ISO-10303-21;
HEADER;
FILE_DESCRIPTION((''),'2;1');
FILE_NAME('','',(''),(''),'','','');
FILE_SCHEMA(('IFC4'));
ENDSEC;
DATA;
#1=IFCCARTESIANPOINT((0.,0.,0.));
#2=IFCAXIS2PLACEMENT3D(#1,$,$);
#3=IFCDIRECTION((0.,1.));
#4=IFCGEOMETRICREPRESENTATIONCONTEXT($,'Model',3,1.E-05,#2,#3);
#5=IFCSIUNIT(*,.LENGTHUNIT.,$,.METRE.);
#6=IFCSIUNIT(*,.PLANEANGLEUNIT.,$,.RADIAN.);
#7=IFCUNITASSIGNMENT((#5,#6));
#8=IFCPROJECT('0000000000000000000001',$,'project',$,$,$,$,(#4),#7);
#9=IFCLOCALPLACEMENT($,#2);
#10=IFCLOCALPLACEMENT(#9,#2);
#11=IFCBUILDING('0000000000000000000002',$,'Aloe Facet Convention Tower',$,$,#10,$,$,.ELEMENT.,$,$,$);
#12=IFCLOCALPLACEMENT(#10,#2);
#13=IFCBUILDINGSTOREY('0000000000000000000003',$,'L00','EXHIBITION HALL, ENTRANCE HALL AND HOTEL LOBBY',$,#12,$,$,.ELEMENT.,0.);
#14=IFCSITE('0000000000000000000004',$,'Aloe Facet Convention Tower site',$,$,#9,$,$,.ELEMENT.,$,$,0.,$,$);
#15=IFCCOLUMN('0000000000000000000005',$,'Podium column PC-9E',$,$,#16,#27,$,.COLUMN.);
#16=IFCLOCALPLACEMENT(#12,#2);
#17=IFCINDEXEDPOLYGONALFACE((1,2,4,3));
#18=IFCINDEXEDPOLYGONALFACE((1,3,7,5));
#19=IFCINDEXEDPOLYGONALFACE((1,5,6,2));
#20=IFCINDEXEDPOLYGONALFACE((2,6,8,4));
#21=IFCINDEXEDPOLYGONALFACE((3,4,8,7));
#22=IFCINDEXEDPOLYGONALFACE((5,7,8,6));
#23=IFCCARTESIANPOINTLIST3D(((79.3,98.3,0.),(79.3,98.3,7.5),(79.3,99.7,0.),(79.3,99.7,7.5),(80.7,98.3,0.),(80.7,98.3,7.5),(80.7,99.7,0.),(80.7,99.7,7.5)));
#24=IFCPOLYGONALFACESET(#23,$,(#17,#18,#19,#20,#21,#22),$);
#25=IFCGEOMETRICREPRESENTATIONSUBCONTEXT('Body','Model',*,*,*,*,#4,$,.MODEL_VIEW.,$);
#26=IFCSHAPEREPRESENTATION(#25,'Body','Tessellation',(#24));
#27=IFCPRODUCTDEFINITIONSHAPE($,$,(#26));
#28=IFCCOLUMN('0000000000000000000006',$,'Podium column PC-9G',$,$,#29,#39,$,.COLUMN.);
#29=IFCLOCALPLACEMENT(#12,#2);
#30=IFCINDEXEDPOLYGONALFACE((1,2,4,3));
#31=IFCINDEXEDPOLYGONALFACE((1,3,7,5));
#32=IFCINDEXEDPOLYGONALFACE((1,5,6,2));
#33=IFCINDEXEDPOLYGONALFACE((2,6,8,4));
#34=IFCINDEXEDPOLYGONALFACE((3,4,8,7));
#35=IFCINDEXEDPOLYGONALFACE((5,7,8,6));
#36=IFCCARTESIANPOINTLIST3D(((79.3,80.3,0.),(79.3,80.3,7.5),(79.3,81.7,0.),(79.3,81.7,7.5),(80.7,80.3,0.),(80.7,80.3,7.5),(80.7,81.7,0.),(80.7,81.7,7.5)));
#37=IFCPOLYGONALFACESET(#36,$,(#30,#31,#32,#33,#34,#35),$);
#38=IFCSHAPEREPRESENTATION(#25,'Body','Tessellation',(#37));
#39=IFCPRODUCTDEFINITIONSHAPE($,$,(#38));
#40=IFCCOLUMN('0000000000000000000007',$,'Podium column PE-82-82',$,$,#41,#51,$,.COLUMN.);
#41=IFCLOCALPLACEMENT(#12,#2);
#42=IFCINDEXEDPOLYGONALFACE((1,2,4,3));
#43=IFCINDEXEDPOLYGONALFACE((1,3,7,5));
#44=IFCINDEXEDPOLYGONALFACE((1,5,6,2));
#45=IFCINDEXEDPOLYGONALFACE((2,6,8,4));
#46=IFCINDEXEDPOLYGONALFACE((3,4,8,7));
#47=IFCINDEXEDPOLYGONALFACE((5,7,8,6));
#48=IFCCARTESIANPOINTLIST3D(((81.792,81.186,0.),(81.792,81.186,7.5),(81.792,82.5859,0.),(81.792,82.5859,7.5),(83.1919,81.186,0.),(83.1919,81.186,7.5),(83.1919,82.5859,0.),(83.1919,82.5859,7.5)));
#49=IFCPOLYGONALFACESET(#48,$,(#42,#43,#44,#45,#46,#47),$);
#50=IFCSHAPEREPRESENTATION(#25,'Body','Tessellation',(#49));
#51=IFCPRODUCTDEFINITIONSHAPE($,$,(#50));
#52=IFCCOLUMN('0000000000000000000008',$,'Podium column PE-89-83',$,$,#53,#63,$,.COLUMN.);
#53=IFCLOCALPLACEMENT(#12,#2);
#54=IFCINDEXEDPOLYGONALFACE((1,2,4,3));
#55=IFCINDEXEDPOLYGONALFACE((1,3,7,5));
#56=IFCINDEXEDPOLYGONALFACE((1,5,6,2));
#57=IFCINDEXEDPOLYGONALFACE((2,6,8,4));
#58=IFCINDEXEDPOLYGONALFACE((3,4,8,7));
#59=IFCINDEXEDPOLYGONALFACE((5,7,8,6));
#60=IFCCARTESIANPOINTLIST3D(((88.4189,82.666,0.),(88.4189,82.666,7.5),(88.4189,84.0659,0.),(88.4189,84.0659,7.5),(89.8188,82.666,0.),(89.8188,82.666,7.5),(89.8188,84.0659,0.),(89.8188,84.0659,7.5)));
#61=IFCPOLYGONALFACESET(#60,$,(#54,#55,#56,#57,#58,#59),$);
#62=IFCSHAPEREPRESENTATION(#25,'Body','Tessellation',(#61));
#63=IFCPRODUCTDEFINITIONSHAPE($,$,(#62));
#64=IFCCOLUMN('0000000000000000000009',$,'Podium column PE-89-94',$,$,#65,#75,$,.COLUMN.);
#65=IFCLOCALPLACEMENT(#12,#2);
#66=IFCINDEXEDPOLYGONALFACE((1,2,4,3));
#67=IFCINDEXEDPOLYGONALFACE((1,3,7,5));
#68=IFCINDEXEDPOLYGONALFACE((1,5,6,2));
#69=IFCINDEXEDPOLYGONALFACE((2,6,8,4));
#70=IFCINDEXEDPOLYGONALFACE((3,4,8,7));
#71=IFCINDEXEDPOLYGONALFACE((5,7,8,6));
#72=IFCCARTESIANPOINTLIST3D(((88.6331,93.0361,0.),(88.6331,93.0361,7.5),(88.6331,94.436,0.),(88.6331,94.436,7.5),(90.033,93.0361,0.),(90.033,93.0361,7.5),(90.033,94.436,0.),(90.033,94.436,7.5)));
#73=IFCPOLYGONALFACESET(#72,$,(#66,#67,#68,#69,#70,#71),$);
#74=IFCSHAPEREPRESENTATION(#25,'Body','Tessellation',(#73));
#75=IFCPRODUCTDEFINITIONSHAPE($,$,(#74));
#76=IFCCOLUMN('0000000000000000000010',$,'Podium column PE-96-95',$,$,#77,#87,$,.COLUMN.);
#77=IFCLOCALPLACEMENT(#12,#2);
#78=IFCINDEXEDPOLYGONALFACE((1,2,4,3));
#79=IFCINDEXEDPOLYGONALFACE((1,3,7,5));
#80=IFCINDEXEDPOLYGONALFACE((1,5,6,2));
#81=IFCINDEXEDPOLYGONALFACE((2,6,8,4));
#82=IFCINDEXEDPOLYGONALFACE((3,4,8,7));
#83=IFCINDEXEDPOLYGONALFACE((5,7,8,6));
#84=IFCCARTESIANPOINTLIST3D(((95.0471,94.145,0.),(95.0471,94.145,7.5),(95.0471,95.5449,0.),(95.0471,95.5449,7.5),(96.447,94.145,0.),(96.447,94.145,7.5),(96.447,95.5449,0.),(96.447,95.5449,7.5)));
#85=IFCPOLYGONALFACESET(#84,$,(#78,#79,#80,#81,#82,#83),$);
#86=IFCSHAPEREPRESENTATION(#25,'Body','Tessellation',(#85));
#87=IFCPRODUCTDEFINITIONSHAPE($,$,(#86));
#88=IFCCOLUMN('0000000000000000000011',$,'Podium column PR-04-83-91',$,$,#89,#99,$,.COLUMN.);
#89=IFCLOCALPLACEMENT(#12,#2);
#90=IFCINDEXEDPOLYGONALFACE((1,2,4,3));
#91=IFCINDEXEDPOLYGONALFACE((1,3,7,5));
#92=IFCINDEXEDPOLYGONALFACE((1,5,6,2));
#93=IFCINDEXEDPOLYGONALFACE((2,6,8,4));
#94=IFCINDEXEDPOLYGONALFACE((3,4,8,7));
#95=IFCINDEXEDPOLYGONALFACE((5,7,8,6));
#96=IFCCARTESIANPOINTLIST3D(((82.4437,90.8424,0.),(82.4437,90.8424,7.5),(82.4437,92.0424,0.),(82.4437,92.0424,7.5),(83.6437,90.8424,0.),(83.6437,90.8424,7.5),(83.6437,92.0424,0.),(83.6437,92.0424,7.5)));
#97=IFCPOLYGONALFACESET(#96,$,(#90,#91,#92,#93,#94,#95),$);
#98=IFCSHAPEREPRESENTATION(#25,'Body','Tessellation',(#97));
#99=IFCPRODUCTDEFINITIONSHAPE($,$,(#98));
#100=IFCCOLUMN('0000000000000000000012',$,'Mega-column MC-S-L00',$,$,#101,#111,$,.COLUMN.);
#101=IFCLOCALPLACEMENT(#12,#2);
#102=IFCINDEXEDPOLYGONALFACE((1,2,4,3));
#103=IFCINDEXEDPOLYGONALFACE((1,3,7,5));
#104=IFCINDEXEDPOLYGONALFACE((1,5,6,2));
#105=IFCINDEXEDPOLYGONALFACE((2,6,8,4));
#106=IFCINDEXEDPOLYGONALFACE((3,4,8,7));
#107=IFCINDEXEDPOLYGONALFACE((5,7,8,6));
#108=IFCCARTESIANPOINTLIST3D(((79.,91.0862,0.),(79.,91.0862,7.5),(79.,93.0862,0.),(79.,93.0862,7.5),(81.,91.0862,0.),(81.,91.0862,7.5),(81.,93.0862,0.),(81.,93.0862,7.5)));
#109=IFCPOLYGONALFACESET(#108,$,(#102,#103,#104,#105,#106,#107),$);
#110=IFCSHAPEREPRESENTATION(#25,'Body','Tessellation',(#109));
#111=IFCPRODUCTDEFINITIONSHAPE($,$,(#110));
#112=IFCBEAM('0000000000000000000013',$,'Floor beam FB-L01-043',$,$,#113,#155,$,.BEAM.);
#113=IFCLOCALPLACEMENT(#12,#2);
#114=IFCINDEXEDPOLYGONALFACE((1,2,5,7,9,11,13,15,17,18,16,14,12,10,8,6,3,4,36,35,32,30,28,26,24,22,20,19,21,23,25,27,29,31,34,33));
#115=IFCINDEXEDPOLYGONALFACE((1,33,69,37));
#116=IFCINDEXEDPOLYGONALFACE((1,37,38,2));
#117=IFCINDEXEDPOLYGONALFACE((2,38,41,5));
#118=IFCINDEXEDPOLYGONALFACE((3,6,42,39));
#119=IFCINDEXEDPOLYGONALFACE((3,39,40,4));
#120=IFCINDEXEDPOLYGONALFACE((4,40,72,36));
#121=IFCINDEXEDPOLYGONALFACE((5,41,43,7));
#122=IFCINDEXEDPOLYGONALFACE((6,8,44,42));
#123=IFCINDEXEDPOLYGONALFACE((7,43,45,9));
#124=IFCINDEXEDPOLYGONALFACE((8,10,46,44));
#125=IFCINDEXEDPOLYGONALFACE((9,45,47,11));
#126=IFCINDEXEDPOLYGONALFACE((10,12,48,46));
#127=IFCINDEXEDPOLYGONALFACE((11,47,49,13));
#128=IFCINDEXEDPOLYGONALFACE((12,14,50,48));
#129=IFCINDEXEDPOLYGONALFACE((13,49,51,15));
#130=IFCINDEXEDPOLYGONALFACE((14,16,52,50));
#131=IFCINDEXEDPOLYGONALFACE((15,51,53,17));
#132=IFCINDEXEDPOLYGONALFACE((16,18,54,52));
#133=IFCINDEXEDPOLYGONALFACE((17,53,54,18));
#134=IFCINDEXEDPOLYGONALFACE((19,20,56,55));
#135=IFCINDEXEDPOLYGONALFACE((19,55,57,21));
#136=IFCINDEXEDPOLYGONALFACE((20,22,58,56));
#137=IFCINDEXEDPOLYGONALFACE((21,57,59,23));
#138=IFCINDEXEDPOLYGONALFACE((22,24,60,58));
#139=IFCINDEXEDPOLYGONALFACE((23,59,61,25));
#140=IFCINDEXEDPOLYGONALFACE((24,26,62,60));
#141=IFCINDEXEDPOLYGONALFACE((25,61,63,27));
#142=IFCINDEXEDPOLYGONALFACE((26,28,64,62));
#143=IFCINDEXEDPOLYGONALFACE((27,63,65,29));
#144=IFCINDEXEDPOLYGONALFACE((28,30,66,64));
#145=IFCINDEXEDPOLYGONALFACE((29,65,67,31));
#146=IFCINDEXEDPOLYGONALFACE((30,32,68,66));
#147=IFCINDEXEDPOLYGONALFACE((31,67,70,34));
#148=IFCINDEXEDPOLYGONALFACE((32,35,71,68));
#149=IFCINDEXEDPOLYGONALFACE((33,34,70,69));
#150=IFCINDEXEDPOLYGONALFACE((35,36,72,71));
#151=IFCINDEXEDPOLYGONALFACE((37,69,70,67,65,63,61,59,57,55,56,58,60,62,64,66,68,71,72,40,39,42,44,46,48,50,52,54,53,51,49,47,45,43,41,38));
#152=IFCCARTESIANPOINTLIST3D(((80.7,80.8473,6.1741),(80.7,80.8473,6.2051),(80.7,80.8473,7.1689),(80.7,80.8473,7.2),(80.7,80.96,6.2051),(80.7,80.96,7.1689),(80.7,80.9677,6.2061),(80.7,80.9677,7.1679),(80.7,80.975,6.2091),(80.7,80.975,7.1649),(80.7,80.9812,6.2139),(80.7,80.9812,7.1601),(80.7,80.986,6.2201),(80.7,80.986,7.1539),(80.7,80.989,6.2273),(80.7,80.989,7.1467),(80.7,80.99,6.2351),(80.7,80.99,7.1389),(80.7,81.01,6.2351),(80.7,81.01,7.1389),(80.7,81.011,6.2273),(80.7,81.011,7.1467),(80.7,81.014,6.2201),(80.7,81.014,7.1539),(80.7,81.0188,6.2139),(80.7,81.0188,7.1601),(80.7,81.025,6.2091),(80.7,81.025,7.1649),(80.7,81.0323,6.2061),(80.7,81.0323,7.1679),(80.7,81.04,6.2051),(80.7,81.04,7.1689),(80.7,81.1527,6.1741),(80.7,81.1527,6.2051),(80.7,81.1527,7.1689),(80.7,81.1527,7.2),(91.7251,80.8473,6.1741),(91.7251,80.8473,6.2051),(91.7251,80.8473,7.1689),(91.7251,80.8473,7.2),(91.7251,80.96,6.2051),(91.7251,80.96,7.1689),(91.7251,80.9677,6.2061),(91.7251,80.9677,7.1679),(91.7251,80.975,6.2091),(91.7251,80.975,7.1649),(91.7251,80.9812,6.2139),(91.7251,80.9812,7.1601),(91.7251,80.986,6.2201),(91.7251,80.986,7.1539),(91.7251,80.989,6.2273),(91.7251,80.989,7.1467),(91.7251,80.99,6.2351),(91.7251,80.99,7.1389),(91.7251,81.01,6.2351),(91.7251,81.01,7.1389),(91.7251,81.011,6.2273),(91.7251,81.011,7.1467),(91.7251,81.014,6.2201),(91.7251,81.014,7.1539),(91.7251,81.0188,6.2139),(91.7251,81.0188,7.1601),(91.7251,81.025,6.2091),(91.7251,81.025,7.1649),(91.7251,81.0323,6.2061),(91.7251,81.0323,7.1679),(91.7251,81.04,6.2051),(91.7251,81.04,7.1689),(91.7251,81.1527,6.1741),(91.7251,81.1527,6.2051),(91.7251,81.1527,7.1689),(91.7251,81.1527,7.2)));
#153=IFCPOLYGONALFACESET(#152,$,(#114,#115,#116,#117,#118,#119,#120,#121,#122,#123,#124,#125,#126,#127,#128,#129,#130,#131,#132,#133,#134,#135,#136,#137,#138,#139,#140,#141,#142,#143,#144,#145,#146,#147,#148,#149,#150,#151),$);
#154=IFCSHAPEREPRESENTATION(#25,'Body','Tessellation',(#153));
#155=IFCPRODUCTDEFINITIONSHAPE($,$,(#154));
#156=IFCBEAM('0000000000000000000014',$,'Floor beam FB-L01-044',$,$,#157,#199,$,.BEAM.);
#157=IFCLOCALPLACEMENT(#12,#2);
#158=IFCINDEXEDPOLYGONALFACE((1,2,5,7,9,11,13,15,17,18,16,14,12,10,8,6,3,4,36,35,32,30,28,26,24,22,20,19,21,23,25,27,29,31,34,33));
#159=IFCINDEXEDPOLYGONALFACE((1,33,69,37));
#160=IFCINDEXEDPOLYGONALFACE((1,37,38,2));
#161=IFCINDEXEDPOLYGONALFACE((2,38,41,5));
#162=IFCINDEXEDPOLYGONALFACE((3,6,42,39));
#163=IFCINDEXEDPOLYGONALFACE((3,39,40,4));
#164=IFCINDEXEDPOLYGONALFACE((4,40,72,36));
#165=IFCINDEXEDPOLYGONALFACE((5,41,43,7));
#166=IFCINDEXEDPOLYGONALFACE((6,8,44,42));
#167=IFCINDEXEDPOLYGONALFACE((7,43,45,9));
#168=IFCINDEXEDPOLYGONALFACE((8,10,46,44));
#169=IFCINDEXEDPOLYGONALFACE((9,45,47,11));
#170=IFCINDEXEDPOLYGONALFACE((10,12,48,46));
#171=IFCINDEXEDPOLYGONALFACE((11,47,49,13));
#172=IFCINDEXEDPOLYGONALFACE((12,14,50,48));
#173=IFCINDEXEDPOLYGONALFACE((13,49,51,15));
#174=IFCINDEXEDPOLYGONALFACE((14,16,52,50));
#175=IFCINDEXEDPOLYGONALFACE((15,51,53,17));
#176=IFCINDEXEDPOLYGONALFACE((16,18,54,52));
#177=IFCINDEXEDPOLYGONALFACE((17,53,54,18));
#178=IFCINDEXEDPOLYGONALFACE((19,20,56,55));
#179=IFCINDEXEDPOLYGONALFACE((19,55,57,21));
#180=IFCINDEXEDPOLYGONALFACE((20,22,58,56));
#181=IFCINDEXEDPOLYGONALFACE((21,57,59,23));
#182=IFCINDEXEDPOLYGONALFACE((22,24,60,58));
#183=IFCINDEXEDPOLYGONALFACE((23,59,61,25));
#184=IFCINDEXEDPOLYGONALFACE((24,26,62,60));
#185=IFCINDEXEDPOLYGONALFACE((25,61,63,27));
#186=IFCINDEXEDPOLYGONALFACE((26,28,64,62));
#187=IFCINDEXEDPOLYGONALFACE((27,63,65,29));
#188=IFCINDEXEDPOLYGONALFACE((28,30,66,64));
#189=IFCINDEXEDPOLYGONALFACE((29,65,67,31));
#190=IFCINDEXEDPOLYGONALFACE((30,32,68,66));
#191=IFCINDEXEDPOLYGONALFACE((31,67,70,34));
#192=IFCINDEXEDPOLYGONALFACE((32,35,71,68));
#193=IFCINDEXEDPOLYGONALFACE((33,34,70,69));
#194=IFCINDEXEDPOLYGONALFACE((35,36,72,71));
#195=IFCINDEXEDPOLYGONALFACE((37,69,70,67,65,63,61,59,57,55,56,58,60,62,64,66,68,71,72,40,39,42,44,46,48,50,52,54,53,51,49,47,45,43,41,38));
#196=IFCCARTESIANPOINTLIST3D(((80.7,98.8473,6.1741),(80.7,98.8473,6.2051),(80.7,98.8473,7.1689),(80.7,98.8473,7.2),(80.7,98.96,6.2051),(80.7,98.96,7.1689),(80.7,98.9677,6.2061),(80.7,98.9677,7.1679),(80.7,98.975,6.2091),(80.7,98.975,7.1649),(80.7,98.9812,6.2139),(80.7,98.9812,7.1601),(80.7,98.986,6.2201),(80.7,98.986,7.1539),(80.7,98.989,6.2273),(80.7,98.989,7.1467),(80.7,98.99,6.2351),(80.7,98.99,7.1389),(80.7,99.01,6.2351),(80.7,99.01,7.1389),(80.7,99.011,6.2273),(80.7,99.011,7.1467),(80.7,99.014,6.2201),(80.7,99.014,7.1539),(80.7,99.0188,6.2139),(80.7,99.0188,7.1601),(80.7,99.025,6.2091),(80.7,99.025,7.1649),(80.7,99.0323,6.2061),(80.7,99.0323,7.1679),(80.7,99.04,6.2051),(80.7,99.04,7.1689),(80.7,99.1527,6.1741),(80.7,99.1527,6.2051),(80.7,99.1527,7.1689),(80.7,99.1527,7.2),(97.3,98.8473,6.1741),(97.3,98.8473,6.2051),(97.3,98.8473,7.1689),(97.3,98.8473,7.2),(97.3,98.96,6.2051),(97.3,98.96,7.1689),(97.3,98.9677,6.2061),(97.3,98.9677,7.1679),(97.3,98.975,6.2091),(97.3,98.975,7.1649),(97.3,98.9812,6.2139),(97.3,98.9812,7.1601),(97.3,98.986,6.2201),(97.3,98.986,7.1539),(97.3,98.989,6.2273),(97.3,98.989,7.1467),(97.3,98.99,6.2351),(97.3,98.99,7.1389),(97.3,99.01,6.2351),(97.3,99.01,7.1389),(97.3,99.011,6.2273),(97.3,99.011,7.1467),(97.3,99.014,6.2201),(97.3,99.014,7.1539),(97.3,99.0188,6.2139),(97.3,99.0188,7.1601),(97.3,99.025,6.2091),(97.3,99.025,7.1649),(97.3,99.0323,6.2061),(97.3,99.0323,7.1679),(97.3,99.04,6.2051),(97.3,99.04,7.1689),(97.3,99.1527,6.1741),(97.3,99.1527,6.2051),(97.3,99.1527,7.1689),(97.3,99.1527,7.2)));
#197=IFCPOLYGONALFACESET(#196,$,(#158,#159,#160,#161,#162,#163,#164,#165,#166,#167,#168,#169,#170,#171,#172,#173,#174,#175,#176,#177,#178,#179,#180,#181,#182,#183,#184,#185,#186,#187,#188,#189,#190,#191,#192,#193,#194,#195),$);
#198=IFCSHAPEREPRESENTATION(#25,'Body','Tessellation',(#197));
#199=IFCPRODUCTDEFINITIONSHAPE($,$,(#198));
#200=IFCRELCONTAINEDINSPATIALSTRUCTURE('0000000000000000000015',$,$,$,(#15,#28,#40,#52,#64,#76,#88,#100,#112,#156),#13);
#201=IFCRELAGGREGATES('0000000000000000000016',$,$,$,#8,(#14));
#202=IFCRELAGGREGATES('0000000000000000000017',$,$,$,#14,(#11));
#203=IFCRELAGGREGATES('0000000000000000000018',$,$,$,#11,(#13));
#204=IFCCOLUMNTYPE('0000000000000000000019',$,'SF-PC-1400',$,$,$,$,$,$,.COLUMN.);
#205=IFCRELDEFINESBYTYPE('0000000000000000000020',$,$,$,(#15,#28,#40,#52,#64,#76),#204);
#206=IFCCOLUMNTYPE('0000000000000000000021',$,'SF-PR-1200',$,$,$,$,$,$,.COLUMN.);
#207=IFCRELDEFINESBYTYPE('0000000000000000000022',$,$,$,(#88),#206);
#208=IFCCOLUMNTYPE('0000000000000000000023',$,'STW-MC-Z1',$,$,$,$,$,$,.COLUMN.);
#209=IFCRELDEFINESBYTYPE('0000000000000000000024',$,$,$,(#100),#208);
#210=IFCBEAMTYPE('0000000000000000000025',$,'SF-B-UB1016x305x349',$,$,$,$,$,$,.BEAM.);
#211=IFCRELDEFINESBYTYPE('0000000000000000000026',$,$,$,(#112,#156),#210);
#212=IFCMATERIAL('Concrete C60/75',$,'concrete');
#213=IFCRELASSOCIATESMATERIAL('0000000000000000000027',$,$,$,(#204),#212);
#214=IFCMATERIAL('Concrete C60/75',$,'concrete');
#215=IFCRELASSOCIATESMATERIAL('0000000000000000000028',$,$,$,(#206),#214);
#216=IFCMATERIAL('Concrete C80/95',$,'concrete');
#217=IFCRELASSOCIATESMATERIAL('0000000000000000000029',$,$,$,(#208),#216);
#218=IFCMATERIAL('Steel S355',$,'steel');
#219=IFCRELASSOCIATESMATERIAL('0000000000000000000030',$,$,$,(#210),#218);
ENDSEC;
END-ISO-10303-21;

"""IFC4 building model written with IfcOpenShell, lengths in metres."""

from ifc_helpers import new_model, si_unit, direction, frame, origin, origin_2d, place, context, subcontext, project, spatial, rectangle, i_section, extrude, material, material_profile, profile_set, type_object, element, save


model = new_model("IFC4")

# Units and contexts
model_context = context("Model", 3, precision=1e-05, world=origin(), true_north=direction((0.0, 1.0)))
body_context = subcontext(model_context, "Body", "Model", "MODEL_VIEW")
ifc_project = project(units=[si_unit("LENGTHUNIT", "METRE"), si_unit("PLANEANGLEUNIT", "RADIAN")], contexts=[model_context])

# Site, building, storey
site_placement = place(None, origin())
site = spatial("IfcSite", under=ifc_project, at=site_placement, Name="Aloe Facet Convention Tower site", CompositionType="ELEMENT", RefElevation=0.0)
building_placement = place(site_placement, origin())
building = spatial("IfcBuilding", under=site, at=building_placement, Name="Aloe Facet Convention Tower", CompositionType="ELEMENT")
storey_placement = place(building_placement, origin())
storey = spatial("IfcBuildingStorey", under=building, at=storey_placement, Name="L00", Description="EXHIBITION HALL, ENTRANCE HALL AND HOTEL LOBBY", CompositionType="ELEMENT", Elevation=0.0)

# Columns
ifc_material_1 = material(Name="Concrete C60/75", Category="concrete")
ifc_material_profile_1 = material_profile(ifc_material_1, rectangle(XDim=1.3999, YDim=1.3999, at=origin_2d()), Name="SF-PC-1400")
ifc_profile_set_1 = profile_set([ifc_material_profile_1], Name="Concrete C60/75")
column_type_1 = type_object("IfcColumnType", Name="SF-PC-1400", PredefinedType="COLUMN", material=ifc_profile_set_1)
for number, where, z_axis, x_axis, name in (
    (1, (80.0, 99.0, 0.0), (0.0, 0.0, 1.0), (1.0, 0.0, 0.0), "Podium column PC-9E"),
    (2, (80.0, 81.0, 0.0), (0.0, 0.0, 1.0), (1.0, 0.0, 0.0), "Podium column PC-9G"),
    (3, (82.4919, 81.886, 0.0), (0.0, 0.0, 1.0), (1.0, 0.0, 0.0), "Podium column PE-82-82"),
    (4, (89.1189, 83.366, 0.0), (0.0, 0.0, 1.0), (1.0, 0.0, 0.0), "Podium column PE-89-83"),
    (5, (89.333, 93.7361, 0.0), (0.0, 0.0, 1.0), (1.0, 0.0, 0.0), "Podium column PE-89-94"),
    (6, (95.7471, 94.845, 0.0), (0.0, 0.0, 1.0), (1.0, 0.0, 0.0), "Podium column PE-96-95"),
):
    element("IfcColumn", number, at=place(storey_placement, frame(where, z_axis=z_axis, x_axis=x_axis)), inside=storey, type_object=column_type_1, Name=name, PredefinedType="COLUMN", context=body_context, shape_type="SweptSolid", body=[
        extrude(rectangle(XDim=1.3999, YDim=1.3999, at=origin_2d()), origin(), (0.0, 0.0, 1.0), 7.5),
    ])
ifc_material_2 = material(Name="Concrete C60/75", Category="concrete")
ifc_material_profile_2 = material_profile(ifc_material_2, rectangle(XDim=1.2, YDim=1.2, at=origin_2d()), Name="SF-PR-1200")
ifc_profile_set_2 = profile_set([ifc_material_profile_2], Name="Concrete C60/75")
column_type_2 = type_object("IfcColumnType", Name="SF-PR-1200", PredefinedType="COLUMN", material=ifc_profile_set_2)
column_1_placement = place(storey_placement, frame((83.0437, 91.4424, 0.0), z_axis=(0.0, 0.0, 1.0), x_axis=(1.0, 0.0, 0.0)))
element("IfcColumn", 7, at=column_1_placement, inside=storey, type_object=column_type_2, Name="Podium column PR-04-83-91", PredefinedType="COLUMN", context=body_context, shape_type="SweptSolid", body=[
    extrude(rectangle(XDim=1.2, YDim=1.2, at=origin_2d()), origin(), (0.0, 0.0, 1.0), 7.5),
])
ifc_material_3 = material(Name="Concrete C80/95", Category="concrete")
ifc_material_profile_3 = material_profile(ifc_material_3, rectangle(XDim=2.0, YDim=2.0, at=origin_2d()), Name="STW-MC-Z1")
ifc_profile_set_3 = profile_set([ifc_material_profile_3], Name="Concrete C80/95")
column_type_3 = type_object("IfcColumnType", Name="STW-MC-Z1", PredefinedType="COLUMN", material=ifc_profile_set_3)
column_2_placement = place(storey_placement, frame((80.0, 92.0862, 0.0), z_axis=(0.0, 0.0, 1.0), x_axis=(1.0, 0.0, 0.0)))
element("IfcColumn", 8, at=column_2_placement, inside=storey, type_object=column_type_3, Name="Mega-column MC-S-L00", PredefinedType="COLUMN", context=body_context, shape_type="SweptSolid", body=[
    extrude(rectangle(XDim=2.0, YDim=2.0, at=origin_2d()), origin(), (0.0, 0.0, 1.0), 7.5),
])

# Beams
ifc_material_4 = material(Name="Steel S355", Category="steel")
ifc_material_profile_4 = material_profile(ifc_material_4, i_section(OverallWidth=0.3054, OverallDepth=1.0259, WebThickness=0.02, FlangeThickness=0.031, FilletRadius=0.03, at=origin_2d()), Name="UB 1016x305x349")
ifc_profile_set_4 = profile_set([ifc_material_profile_4], Name="Steel S355")
beam_type_1 = type_object("IfcBeamType", Name="SF-B-UB1016x305x349", PredefinedType="BEAM", material=ifc_profile_set_4)
beam_1_placement = place(storey_placement, frame((80.7, 81.0, 6.687), z_axis=(1.0, 0.0, 0.0), x_axis=(0.0, 1.0, 0.0)))
element("IfcBeam", 9, at=beam_1_placement, inside=storey, type_object=beam_type_1, Name="Floor beam FB-L01-043", PredefinedType="BEAM", context=body_context, shape_type="SweptSolid", body=[
    extrude(i_section(OverallWidth=0.3054, OverallDepth=1.0259, WebThickness=0.02, FlangeThickness=0.031, FilletRadius=0.03, at=origin_2d()), origin(), (0.0, 0.0, 1.0), 11.0251),
])
beam_2_placement = place(storey_placement, frame((80.7, 99.0, 6.687), z_axis=(1.0, 0.0, 0.0), x_axis=(0.0, 1.0, 0.0)))
element("IfcBeam", 10, at=beam_2_placement, inside=storey, type_object=beam_type_1, Name="Floor beam FB-L01-044", PredefinedType="BEAM", context=body_context, shape_type="SweptSolid", body=[
    extrude(i_section(OverallWidth=0.3054, OverallDepth=1.0259, WebThickness=0.02, FlangeThickness=0.031, FilletRadius=0.03, at=origin_2d()), origin(), (0.0, 0.0, 1.0), 16.6001),
])

save(model, "model.ifc")
